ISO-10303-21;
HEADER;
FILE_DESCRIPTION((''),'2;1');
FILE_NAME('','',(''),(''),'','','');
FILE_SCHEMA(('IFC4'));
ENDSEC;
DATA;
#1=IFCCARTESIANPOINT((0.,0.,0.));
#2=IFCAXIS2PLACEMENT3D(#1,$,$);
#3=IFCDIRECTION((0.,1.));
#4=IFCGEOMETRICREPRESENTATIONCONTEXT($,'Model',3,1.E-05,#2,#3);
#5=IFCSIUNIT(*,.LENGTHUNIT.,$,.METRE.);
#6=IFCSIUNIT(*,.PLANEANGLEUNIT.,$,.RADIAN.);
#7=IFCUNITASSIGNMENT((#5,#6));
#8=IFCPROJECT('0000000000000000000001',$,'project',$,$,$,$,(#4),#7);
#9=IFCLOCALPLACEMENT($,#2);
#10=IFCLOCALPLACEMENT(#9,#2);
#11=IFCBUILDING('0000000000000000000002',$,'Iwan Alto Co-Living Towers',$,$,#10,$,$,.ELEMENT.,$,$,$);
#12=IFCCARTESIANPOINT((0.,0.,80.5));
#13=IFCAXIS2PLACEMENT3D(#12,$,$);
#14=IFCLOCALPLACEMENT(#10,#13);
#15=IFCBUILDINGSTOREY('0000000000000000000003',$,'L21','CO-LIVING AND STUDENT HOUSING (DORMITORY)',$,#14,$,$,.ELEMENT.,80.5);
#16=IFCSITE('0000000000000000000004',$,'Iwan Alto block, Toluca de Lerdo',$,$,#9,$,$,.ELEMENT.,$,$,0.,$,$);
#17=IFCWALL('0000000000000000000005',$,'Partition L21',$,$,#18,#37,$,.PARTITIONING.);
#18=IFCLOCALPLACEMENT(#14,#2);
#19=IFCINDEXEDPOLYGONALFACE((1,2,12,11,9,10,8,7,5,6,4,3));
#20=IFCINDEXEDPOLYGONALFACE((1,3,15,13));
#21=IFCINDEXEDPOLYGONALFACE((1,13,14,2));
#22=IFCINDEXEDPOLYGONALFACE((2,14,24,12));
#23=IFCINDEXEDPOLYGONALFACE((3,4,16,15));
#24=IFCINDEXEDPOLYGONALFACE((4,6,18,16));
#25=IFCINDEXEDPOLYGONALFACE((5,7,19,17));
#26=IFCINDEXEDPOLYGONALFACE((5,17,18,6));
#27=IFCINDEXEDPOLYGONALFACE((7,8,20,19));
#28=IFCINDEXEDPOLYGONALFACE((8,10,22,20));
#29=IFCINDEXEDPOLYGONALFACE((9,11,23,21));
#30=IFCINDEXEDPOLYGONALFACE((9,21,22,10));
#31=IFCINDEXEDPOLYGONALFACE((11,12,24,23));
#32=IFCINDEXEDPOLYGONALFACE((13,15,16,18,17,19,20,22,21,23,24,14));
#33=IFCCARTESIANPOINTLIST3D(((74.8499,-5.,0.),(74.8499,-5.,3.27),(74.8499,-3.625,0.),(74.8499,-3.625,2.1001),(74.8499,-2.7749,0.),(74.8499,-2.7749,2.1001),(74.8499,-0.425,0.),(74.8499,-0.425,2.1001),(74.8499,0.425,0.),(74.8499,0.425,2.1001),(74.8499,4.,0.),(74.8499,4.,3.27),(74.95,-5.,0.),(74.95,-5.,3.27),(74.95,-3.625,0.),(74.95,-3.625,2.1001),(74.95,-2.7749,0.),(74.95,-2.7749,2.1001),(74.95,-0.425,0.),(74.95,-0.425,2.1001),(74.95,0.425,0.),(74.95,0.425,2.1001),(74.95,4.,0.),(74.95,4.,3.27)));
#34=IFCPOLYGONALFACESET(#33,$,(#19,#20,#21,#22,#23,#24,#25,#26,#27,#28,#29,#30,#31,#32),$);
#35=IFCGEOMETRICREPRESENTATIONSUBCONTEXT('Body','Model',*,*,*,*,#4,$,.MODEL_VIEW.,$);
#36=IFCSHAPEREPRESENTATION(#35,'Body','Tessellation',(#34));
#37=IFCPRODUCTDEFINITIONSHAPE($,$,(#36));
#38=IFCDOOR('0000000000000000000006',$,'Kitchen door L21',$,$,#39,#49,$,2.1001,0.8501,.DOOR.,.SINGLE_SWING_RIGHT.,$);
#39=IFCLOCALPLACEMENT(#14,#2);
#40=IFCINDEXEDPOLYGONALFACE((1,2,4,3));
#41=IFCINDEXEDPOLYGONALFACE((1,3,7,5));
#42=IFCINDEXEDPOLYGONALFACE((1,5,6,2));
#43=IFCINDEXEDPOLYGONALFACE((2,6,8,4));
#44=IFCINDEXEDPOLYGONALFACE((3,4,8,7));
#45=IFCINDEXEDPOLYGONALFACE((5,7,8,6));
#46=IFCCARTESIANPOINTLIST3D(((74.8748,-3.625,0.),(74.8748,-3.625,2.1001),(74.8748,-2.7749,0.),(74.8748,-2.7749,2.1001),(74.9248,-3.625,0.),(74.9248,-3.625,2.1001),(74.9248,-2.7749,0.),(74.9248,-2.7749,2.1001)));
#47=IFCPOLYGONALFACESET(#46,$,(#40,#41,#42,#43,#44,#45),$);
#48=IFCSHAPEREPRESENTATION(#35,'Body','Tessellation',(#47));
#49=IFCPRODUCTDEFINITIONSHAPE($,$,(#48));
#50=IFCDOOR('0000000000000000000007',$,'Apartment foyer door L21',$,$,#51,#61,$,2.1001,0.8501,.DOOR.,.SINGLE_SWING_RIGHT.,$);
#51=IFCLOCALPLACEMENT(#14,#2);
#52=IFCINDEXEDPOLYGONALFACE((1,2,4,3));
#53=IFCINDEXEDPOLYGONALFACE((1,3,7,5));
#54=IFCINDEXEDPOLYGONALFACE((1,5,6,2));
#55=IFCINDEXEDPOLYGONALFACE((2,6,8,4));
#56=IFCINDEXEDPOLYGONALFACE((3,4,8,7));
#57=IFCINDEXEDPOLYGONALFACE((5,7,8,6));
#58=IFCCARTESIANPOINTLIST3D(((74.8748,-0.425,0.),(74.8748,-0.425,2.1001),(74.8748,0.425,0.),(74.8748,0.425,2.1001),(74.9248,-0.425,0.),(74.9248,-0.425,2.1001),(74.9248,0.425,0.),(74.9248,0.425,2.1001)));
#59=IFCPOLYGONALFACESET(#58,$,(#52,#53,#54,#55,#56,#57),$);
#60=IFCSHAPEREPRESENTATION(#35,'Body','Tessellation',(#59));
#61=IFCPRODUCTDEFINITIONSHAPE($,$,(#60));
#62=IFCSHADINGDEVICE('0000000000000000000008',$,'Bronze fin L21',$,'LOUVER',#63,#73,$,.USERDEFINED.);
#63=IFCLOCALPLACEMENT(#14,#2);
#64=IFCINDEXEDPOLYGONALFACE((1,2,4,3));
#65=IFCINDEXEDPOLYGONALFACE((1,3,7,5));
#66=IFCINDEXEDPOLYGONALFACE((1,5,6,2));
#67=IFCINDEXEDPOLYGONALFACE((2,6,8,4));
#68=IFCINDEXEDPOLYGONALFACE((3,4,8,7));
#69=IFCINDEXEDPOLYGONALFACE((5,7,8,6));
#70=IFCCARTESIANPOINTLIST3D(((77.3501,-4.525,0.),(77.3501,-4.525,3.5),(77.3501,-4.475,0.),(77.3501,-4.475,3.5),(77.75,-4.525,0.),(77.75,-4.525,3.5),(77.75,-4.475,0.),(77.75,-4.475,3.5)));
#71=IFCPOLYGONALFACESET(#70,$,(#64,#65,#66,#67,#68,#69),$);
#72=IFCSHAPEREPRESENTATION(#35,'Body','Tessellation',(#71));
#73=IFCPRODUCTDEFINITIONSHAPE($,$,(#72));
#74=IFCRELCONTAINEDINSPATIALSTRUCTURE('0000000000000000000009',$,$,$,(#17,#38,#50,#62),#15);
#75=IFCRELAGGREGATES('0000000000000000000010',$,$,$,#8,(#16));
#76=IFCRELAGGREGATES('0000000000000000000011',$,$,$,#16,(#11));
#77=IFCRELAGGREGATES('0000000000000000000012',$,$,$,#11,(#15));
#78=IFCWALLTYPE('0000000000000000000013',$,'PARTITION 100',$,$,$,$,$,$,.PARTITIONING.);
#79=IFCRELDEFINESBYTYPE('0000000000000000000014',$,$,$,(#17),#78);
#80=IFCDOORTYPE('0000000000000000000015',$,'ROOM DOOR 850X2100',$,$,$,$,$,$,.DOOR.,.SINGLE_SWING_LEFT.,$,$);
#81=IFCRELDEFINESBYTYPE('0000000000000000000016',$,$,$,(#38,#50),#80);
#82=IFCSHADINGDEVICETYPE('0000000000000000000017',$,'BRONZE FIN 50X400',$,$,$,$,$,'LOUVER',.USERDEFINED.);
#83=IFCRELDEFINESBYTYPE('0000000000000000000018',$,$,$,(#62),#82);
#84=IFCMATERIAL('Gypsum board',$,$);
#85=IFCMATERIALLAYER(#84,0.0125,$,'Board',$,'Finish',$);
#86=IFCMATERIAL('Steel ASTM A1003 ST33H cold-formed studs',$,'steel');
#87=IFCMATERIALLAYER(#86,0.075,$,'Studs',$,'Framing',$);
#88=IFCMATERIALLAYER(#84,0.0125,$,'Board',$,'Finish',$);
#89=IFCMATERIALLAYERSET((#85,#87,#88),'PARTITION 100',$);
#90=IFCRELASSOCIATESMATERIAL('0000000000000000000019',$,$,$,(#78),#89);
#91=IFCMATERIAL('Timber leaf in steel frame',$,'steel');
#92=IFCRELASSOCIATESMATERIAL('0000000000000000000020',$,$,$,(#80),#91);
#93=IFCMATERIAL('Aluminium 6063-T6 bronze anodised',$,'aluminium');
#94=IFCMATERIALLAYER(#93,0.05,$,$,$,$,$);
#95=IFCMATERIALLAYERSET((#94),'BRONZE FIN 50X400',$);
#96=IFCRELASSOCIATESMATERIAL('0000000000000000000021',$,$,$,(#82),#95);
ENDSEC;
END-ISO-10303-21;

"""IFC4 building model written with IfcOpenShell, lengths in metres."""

from ifc_helpers import new_model, si_unit, direction, frame, frame_2d, origin, origin_2d, place, context, subcontext, project, spatial, rectangle, extrude, material, layer, layer_set, type_object, element, fill, save


model = new_model("IFC4")

# Units and contexts
model_context = context("Model", 3, precision=1e-05, world=origin(), true_north=direction((0.0, 1.0)))
body_context = subcontext(model_context, "Body", "Model", "MODEL_VIEW")
ifc_project = project(units=[si_unit("LENGTHUNIT", "METRE"), si_unit("PLANEANGLEUNIT", "RADIAN")], contexts=[model_context])

# Site, building, storey
site_placement = place(None, origin())
site = spatial("IfcSite", under=ifc_project, at=site_placement, Name="Iwan Alto block, Toluca de Lerdo", CompositionType="ELEMENT", RefElevation=0.0)
building_placement = place(site_placement, origin())
building = spatial("IfcBuilding", under=site, at=building_placement, Name="Iwan Alto Co-Living Towers", CompositionType="ELEMENT")
storey_placement = place(building_placement, frame((0.0, 0.0, 80.5)))
storey = spatial("IfcBuildingStorey", under=building, at=storey_placement, Name="L21", Description="CO-LIVING AND STUDENT HOUSING (DORMITORY)", CompositionType="ELEMENT", Elevation=80.5)

# Shared definitions
ifc_material_1 = material(Name="Gypsum board")
ifc_material_2 = material(Name="Steel ASTM A1003 ST33H cold-formed studs", Category="steel")
ifc_layer_1 = layer(ifc_material_1, 0.0125, Name="Board", Category="Finish")
ifc_layer_2 = layer(ifc_material_2, 0.075, Name="Studs", Category="Framing")
ifc_layer_3 = layer(ifc_material_1, 0.0125, Name="Board", Category="Finish")
ifc_layer_set_1 = layer_set([ifc_layer_1, ifc_layer_2, ifc_layer_3], Name="PARTITION 100")
wall_type_1 = type_object("IfcWallType", Name="PARTITION 100", PredefinedType="PARTITIONING", material=ifc_layer_set_1)
ifc_material_3 = material(Name="Timber leaf in steel frame", Category="steel")
door_type_1 = type_object("IfcDoorType", Name="ROOM DOOR 850X2100", OperationType="SINGLE_SWING_LEFT", PredefinedType="DOOR", material=ifc_material_3)

# Wall, openings, doors
wall_1_placement = place(storey_placement, frame((74.8999, -5.0, 0.0), z_axis=(0.0, 0.0, 1.0), x_axis=(0.0, 1.0, 0.0)))
wall_1 = element("IfcWall", 1, at=wall_1_placement, inside=storey, type_object=wall_type_1, Name="Partition L21", PredefinedType="PARTITIONING", context=body_context, shape_type="SweptSolid", body=[
    extrude(rectangle(XDim=9.0, YDim=0.1001, at=frame_2d((4.5, 0.0))), origin(), (0.0, 0.0, 1.0), 3.27),
])
opening_1_placement = place(wall_1_placement, frame((1.375, 0.0, 0.0)))
opening_1 = element("IfcOpeningElement", 2, at=opening_1_placement, cuts=wall_1, PredefinedType="OPENING", context=body_context, shape_type="SweptSolid", body=[
    extrude(rectangle(XDim=0.8501, YDim=2.1001, at=frame_2d((0.425, 1.05))), frame((0.0, 0.0601, 0.0), z_axis=(0.0, -1.0, 0.0), x_axis=(1.0, 0.0, 0.0)), (0.0, 0.0, 1.0), 0.1201),
])
opening_2_placement = place(wall_1_placement, frame((4.575, 0.0, 0.0)))
opening_2 = element("IfcOpeningElement", 3, at=opening_2_placement, cuts=wall_1, PredefinedType="OPENING", context=body_context, shape_type="SweptSolid", body=[
    extrude(rectangle(XDim=0.8501, YDim=2.1001, at=frame_2d((0.425, 1.05))), frame((0.0, 0.0601, 0.0), z_axis=(0.0, -1.0, 0.0), x_axis=(1.0, 0.0, 0.0)), (0.0, 0.0, 1.0), 0.1201),
])
door_1_placement = place(opening_1_placement, frame((0.8501, 0.0, 0.0), z_axis=(0.0, 0.0, 1.0), x_axis=(-1.0, 0.0, 0.0)))
door_1 = element("IfcDoor", 4, at=door_1_placement, inside=storey, type_object=door_type_1, Name="Kitchen door L21", OperationType="SINGLE_SWING_RIGHT", OverallHeight=2.1001, OverallWidth=0.8501, PredefinedType="DOOR", context=body_context, shape_type="SweptSolid", body=[
    extrude(rectangle(XDim=0.8501, YDim=2.1001, at=frame_2d((0.425, 1.05))), frame((0.0, 0.0249, 0.0), z_axis=(0.0, -1.0, 0.0), x_axis=(1.0, 0.0, 0.0)), (0.0, 0.0, 1.0), 0.05),
])
fill(opening_1, door_1)
door_2_placement = place(opening_2_placement, frame((0.8501, 0.0, 0.0), z_axis=(0.0, 0.0, 1.0), x_axis=(-1.0, 0.0, 0.0)))
door_2 = element("IfcDoor", 5, at=door_2_placement, inside=storey, type_object=door_type_1, Name="Apartment foyer door L21", OperationType="SINGLE_SWING_RIGHT", OverallHeight=2.1001, OverallWidth=0.8501, PredefinedType="DOOR", context=body_context, shape_type="SweptSolid", body=[
    extrude(rectangle(XDim=0.8501, YDim=2.1001, at=frame_2d((0.425, 1.05))), frame((0.0, 0.0249, 0.0), z_axis=(0.0, -1.0, 0.0), x_axis=(1.0, 0.0, 0.0)), (0.0, 0.0, 1.0), 0.05),
])
fill(opening_2, door_2)

# Shading device
ifc_material_4 = material(Name="Aluminium 6063-T6 bronze anodised", Category="aluminium")
ifc_layer_4 = layer(ifc_material_4, 0.05)
ifc_layer_set_2 = layer_set([ifc_layer_4], Name="BRONZE FIN 50X400")
shading_device_type = type_object("IfcShadingDeviceType", Name="BRONZE FIN 50X400", ElementType="LOUVER", PredefinedType="USERDEFINED", material=ifc_layer_set_2)
shading_device_placement = place(storey_placement, frame((77.55, -4.5, 0.0), z_axis=(0.0, 0.0, 1.0), x_axis=(0.0, 1.0, 0.0)))
element("IfcShadingDevice", 6, at=shading_device_placement, inside=storey, type_object=shading_device_type, Name="Bronze fin L21", ObjectType="LOUVER", PredefinedType="USERDEFINED", context=body_context, shape_type="SweptSolid", body=[
    extrude(rectangle(XDim=0.05, YDim=0.3999, at=origin_2d()), origin(), (0.0, 0.0, 1.0), 3.5),
])

save(model, "model.ifc")
